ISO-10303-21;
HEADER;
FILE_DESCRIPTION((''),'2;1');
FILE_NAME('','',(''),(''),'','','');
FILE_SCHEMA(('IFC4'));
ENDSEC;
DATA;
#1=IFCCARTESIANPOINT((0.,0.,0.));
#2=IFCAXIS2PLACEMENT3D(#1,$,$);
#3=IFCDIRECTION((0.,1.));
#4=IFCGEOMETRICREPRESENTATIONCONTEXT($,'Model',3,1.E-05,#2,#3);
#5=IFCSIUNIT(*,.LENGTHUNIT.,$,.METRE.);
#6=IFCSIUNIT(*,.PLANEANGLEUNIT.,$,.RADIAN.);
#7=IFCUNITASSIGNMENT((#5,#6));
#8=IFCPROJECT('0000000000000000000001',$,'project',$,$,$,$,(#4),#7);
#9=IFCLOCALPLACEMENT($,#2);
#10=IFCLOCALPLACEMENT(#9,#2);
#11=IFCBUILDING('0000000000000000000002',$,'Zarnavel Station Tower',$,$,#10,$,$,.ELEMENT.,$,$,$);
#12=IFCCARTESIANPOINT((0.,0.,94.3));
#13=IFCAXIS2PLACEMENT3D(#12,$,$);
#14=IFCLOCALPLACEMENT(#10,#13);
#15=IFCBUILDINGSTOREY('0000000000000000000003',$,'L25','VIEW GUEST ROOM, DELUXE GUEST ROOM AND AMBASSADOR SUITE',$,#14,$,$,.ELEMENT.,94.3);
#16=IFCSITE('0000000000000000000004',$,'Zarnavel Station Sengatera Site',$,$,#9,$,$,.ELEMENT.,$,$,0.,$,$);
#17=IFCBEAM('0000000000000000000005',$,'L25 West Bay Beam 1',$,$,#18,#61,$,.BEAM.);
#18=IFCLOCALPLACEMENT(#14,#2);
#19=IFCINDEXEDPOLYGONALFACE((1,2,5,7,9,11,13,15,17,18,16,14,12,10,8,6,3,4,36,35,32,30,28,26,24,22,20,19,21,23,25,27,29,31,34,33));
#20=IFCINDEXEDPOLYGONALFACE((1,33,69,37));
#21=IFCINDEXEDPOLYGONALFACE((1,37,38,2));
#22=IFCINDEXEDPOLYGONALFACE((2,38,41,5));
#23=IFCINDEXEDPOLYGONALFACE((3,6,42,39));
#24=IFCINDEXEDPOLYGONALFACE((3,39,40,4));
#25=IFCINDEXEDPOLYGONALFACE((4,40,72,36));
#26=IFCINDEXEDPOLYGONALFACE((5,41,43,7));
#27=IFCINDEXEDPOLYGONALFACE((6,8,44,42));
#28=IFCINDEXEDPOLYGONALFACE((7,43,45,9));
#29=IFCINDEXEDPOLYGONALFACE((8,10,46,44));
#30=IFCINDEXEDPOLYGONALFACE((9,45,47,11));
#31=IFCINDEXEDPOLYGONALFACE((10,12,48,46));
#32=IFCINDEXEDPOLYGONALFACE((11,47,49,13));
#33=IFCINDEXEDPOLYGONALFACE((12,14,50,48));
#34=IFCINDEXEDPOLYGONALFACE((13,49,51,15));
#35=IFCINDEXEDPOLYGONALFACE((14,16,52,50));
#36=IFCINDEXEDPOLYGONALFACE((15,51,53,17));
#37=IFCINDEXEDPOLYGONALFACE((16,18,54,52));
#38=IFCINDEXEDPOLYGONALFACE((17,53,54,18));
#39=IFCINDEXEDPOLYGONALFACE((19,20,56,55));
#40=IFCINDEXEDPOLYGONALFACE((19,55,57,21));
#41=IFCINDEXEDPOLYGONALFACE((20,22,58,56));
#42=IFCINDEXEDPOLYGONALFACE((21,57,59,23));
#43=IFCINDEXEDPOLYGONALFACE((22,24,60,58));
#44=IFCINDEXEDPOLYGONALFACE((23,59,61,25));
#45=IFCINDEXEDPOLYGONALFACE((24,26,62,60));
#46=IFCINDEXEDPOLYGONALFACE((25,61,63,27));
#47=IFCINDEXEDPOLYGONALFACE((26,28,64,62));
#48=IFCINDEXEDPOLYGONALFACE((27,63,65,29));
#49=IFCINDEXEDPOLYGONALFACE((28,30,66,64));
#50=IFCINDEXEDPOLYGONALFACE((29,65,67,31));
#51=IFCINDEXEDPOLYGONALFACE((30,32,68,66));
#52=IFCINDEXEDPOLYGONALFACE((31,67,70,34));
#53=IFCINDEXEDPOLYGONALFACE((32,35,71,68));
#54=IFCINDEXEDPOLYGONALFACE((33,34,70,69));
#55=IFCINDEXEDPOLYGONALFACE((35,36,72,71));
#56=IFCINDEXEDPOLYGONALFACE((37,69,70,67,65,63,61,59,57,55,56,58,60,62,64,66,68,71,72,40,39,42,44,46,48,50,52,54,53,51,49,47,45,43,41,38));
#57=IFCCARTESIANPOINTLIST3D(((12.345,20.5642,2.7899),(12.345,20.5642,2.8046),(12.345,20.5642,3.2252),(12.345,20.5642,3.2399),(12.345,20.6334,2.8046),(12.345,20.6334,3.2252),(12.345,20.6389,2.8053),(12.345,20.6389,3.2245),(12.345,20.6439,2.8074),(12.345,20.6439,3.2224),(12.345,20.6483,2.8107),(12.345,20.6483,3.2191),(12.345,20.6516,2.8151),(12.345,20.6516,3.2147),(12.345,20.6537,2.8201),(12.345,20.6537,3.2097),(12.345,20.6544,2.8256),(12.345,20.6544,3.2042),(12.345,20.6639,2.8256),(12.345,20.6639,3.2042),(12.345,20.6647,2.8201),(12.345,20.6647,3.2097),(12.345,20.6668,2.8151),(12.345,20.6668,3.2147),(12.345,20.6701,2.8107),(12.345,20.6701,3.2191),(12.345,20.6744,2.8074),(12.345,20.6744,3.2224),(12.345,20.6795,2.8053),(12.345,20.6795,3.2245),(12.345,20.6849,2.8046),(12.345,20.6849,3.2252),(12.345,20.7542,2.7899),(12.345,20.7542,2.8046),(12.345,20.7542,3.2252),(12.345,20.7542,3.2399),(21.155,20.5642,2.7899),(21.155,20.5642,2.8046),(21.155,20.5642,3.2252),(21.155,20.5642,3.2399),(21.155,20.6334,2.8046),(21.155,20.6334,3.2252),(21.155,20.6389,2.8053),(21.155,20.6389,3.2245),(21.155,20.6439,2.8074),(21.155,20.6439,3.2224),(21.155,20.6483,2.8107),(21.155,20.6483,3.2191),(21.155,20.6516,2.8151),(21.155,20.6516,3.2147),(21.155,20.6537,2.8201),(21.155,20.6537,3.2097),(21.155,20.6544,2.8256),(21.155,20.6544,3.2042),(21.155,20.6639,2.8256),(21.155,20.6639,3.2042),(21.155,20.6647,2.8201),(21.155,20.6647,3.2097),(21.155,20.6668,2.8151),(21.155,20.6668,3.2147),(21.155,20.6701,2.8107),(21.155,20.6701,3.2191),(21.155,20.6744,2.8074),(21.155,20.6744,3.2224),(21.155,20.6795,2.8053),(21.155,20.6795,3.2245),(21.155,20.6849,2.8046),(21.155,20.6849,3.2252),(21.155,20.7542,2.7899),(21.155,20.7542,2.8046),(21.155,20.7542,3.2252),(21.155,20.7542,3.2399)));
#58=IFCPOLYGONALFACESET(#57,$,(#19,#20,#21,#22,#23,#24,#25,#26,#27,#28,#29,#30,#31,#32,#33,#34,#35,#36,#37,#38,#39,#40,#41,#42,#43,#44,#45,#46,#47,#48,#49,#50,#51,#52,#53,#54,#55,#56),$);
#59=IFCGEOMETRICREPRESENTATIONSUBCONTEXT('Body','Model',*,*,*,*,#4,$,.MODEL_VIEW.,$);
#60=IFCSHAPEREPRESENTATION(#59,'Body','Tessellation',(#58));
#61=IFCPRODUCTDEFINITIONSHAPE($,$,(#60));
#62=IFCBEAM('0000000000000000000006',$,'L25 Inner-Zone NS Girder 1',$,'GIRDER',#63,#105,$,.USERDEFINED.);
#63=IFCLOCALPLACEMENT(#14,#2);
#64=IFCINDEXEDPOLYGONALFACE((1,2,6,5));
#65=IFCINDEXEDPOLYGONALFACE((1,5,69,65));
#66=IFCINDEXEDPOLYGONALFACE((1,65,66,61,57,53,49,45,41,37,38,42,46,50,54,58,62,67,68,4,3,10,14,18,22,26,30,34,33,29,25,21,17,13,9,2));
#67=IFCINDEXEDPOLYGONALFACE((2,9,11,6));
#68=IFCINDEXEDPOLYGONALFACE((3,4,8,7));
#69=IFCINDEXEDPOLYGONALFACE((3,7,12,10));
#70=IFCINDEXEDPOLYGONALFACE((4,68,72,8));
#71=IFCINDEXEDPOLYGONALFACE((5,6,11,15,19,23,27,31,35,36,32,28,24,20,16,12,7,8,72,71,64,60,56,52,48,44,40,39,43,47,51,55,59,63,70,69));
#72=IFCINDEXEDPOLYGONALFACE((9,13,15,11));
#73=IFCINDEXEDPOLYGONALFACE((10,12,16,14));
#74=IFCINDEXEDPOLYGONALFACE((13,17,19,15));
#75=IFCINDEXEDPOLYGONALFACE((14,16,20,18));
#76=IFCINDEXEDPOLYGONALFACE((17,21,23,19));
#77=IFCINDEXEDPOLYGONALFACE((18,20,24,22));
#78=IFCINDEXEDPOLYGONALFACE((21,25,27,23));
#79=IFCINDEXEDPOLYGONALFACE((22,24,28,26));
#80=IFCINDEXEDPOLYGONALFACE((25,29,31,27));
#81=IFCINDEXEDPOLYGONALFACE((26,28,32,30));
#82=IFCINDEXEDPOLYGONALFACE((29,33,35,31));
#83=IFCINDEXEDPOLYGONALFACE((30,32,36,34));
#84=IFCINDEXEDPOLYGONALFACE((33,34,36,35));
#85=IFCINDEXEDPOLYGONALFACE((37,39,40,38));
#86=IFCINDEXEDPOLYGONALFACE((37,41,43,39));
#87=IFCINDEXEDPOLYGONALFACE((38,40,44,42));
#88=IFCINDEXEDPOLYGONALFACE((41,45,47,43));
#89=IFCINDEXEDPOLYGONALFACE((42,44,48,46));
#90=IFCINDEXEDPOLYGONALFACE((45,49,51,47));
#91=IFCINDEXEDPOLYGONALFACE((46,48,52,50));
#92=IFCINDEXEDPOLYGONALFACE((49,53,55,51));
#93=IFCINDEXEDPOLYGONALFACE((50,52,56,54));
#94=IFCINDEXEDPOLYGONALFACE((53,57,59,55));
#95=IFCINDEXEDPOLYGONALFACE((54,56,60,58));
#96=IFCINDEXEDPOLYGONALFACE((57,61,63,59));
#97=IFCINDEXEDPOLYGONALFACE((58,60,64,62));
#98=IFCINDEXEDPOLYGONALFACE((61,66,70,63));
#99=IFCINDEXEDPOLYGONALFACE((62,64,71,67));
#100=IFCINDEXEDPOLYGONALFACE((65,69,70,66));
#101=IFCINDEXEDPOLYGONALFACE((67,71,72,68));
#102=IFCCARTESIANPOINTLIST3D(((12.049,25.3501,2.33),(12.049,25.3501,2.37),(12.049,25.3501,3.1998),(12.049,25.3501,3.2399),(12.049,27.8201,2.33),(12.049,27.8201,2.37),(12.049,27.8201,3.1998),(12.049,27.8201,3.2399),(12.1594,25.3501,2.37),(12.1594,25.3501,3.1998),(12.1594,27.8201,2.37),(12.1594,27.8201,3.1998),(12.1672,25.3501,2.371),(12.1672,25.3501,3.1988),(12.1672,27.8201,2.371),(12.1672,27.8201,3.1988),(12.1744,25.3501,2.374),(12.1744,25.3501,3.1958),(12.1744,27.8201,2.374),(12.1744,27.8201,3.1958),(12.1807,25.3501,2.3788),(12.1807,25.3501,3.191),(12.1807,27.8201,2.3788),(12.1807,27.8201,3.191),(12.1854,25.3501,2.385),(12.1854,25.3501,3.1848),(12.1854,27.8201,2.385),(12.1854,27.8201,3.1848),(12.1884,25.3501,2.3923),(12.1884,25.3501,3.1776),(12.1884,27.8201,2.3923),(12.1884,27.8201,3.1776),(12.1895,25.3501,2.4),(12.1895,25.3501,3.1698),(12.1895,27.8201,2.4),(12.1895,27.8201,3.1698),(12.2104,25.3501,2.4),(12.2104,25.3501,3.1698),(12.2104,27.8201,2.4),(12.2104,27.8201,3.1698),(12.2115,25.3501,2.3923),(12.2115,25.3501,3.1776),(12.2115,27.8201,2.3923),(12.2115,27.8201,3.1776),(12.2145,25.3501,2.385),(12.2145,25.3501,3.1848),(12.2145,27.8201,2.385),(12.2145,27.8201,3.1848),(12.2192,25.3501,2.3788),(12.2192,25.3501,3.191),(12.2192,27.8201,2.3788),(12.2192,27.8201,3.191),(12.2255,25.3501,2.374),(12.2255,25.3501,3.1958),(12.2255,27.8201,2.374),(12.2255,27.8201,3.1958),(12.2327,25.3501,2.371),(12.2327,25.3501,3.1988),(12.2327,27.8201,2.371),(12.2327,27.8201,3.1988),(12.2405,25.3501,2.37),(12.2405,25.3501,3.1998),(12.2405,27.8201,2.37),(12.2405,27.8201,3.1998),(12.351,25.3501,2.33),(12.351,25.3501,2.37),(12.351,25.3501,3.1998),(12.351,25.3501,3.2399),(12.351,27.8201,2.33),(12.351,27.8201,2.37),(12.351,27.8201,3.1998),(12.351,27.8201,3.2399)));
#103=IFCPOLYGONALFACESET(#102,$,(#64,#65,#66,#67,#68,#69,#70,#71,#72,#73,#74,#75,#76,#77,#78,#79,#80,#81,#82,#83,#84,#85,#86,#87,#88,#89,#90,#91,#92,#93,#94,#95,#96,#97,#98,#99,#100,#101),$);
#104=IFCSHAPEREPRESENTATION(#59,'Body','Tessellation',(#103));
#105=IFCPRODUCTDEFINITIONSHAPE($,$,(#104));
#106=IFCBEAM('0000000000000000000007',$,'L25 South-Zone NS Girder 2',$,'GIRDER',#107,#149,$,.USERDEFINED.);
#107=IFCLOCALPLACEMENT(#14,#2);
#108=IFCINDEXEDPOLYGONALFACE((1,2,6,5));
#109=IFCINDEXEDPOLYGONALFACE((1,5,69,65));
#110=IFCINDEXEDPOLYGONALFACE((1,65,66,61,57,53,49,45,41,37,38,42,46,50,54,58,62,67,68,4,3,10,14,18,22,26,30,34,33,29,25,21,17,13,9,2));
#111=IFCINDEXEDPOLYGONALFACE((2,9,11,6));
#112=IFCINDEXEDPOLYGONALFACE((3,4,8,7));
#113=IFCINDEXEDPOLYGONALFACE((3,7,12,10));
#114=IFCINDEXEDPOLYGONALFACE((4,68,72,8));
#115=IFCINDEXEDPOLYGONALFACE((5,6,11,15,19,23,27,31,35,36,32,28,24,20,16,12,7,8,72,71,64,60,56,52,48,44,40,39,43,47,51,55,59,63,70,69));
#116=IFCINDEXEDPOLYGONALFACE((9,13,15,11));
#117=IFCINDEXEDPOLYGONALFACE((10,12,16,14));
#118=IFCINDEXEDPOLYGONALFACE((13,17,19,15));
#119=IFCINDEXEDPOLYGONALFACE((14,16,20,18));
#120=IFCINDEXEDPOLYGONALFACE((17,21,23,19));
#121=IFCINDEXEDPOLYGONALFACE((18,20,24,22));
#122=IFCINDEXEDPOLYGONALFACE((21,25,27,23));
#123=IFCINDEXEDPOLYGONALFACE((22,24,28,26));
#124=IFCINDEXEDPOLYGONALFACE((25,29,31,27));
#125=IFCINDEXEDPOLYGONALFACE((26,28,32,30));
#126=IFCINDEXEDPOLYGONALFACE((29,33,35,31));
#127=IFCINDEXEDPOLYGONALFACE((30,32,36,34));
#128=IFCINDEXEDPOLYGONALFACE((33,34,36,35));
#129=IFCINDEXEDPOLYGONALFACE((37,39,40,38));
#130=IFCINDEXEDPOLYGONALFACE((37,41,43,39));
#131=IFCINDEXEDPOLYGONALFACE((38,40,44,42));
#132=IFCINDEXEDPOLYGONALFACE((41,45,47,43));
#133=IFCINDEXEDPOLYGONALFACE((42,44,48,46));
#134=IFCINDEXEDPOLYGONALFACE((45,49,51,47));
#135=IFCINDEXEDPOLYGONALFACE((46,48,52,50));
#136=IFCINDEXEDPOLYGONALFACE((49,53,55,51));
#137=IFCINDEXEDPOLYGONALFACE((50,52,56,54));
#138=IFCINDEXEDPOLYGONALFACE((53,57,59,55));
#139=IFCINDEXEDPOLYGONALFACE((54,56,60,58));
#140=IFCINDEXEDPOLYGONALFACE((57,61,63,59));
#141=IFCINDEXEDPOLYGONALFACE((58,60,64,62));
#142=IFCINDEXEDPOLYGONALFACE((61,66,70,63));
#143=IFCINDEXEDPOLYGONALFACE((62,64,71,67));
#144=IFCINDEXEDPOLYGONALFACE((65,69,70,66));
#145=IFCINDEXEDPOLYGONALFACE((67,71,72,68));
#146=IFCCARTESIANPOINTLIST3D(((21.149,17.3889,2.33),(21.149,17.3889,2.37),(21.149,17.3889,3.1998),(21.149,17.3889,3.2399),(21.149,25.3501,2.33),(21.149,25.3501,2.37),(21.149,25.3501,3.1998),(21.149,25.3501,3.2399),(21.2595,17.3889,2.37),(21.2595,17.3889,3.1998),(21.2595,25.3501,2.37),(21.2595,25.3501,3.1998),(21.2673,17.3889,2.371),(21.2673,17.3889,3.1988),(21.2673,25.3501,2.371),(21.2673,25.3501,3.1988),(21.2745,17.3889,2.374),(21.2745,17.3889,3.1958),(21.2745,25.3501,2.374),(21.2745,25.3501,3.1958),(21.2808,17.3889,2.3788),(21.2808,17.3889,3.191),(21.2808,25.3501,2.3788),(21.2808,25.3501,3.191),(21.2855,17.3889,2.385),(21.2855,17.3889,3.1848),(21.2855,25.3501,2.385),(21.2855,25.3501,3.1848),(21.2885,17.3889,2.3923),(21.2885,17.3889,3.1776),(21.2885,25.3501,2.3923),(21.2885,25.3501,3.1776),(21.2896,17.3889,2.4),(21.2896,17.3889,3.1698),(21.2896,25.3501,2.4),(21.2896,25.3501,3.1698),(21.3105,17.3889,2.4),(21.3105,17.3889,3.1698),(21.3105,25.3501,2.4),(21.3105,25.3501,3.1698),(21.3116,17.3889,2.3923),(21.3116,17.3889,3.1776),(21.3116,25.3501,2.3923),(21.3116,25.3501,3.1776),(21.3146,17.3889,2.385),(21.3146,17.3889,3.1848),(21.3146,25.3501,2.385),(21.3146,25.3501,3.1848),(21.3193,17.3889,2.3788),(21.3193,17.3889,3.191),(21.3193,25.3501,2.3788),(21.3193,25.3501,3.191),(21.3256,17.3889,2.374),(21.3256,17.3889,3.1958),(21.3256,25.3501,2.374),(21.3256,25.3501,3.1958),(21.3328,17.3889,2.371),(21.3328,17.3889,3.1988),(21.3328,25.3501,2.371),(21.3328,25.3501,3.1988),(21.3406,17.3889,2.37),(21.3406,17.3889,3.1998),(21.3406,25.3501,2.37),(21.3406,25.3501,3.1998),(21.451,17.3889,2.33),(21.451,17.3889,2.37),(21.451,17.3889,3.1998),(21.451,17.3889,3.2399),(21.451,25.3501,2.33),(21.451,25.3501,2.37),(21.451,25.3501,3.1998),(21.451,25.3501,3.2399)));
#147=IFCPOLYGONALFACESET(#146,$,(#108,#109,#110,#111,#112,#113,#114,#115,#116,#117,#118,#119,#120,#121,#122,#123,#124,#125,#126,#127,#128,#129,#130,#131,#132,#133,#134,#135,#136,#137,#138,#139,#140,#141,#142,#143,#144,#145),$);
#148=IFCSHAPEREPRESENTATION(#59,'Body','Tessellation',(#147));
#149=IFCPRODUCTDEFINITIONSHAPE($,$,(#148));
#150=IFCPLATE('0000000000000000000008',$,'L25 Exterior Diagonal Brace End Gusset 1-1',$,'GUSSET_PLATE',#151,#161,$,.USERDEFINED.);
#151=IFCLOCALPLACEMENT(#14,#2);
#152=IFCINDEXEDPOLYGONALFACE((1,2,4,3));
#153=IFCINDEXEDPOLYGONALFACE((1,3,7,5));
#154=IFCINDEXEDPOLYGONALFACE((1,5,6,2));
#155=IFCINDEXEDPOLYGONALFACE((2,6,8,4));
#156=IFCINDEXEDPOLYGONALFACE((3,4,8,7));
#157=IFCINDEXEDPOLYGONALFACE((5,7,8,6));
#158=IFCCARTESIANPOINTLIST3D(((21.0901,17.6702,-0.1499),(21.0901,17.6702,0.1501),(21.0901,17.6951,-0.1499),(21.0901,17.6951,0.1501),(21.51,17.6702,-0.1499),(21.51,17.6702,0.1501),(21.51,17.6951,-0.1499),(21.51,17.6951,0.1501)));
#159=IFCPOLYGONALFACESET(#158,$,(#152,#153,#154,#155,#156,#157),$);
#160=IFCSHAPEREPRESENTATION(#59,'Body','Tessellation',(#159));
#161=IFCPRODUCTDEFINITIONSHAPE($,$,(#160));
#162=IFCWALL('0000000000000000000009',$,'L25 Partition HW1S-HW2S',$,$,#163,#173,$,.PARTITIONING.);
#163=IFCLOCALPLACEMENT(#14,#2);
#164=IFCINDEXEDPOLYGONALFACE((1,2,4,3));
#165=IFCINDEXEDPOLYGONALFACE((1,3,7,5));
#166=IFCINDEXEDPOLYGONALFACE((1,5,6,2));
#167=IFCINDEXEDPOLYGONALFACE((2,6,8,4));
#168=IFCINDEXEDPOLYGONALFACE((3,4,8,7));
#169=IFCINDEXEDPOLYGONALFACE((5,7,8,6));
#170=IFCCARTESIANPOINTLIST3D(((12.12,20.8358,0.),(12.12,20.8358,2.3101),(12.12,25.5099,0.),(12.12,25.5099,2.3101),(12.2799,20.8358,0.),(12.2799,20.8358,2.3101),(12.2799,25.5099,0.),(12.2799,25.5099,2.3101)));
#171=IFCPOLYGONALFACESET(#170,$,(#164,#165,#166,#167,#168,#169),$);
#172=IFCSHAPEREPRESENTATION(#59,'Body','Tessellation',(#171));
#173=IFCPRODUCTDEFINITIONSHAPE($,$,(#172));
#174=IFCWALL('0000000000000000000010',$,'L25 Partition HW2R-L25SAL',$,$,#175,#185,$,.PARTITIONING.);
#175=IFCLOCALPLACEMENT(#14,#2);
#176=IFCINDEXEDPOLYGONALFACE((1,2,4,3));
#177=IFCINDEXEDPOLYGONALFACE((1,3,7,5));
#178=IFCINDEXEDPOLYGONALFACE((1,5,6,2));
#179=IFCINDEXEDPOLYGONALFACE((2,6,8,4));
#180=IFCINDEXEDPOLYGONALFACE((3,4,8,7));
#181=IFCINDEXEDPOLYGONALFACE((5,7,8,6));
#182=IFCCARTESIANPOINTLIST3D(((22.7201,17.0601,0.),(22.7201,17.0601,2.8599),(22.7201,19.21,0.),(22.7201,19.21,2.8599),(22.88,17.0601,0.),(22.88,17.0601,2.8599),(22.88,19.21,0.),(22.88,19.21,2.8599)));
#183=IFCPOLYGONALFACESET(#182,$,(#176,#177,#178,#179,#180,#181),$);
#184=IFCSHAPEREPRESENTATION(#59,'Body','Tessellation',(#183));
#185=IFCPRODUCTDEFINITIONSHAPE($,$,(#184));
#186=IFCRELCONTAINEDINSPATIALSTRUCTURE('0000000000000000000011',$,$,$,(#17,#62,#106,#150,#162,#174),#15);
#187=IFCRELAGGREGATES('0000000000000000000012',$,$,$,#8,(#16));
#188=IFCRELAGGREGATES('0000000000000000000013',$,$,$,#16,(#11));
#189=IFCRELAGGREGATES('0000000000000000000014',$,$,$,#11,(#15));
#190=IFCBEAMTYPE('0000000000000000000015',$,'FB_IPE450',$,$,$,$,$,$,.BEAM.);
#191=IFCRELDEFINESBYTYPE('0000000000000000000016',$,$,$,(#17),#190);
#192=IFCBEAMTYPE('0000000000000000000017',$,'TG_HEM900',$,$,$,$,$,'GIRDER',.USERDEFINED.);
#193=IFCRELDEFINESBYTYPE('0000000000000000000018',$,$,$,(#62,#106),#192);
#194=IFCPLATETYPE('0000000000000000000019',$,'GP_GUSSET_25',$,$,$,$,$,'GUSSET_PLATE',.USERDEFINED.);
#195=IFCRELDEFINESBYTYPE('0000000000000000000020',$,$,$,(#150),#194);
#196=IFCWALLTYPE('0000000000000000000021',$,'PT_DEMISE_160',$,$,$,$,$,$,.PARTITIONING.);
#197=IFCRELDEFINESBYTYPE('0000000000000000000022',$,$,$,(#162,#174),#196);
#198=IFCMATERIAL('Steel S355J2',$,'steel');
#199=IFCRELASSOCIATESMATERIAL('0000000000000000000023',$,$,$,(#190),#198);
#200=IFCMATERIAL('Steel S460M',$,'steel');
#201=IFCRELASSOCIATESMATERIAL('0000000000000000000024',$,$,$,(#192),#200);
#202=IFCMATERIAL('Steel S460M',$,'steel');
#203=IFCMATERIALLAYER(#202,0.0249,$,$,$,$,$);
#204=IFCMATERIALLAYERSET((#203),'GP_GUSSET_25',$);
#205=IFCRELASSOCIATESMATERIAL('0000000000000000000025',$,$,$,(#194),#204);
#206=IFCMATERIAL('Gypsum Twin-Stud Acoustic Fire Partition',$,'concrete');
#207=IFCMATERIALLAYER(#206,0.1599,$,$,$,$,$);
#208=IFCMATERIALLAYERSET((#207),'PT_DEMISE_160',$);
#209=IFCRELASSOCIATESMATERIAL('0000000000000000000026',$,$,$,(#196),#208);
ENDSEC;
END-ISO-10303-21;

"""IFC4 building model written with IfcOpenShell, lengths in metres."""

from ifc_helpers import new_model, si_unit, direction, frame, frame_2d, origin, origin_2d, place, context, subcontext, project, spatial, rectangle, i_section, extrude, material, layer, layer_set, material_profile, profile_set, type_object, element, save


model = new_model("IFC4")

# Units and contexts
model_context = context("Model", 3, precision=1e-05, world=origin(), true_north=direction((0.0, 1.0)))
body_context = subcontext(model_context, "Body", "Model", "MODEL_VIEW")
ifc_project = project(units=[si_unit("LENGTHUNIT", "METRE"), si_unit("PLANEANGLEUNIT", "RADIAN")], contexts=[model_context])

# Site, building, storey
site_placement = place(None, origin())
site = spatial("IfcSite", under=ifc_project, at=site_placement, Name="Zarnavel Station Sengatera Site", CompositionType="ELEMENT", RefElevation=0.0)
building_placement = place(site_placement, origin())
building = spatial("IfcBuilding", under=site, at=building_placement, Name="Zarnavel Station Tower", CompositionType="ELEMENT")
storey_placement = place(building_placement, frame((0.0, 0.0, 94.3)))
storey = spatial("IfcBuildingStorey", under=building, at=storey_placement, Name="L25", Description="VIEW GUEST ROOM, DELUXE GUEST ROOM AND AMBASSADOR SUITE", CompositionType="ELEMENT", Elevation=94.3)

# Beams
ifc_material_1 = material(Name="Steel S355J2", Category="steel")
ifc_material_profile_1 = material_profile(ifc_material_1, i_section(OverallWidth=0.1899, OverallDepth=0.45, WebThickness=0.0095, FlangeThickness=0.0146, FilletRadius=0.021, at=origin_2d()), Name="IPE450")
ifc_profile_set_1 = profile_set([ifc_material_profile_1], Name="Steel S355J2")
beam_type_1 = type_object("IfcBeamType", Name="FB_IPE450", PredefinedType="BEAM", material=ifc_profile_set_1)
beam_1_placement = place(storey_placement, frame((12.345, 20.6592, 3.0149), z_axis=(1.0, 0.0, 0.0), x_axis=(0.0, 1.0, 0.0)))
element("IfcBeam", 1, at=beam_1_placement, inside=storey, type_object=beam_type_1, Name="L25 West Bay Beam 1", PredefinedType="BEAM", context=body_context, shape_type="SweptSolid", body=[
    extrude(i_section(OverallWidth=0.1899, OverallDepth=0.45, WebThickness=0.0095, FlangeThickness=0.0146, FilletRadius=0.021, at=origin_2d()), origin(), (0.0, 0.0, 1.0), 8.8101),
])
ifc_material_2 = material(Name="Steel S460M", Category="steel")
ifc_material_profile_2 = material_profile(ifc_material_2, i_section(OverallWidth=0.302, OverallDepth=0.9099, WebThickness=0.021, FlangeThickness=0.04, FilletRadius=0.03, at=origin_2d()), Name="HEM900")
ifc_profile_set_2 = profile_set([ifc_material_profile_2], Name="Steel S460M")
beam_type_2 = type_object("IfcBeamType", Name="TG_HEM900", ElementType="GIRDER", PredefinedType="USERDEFINED", material=ifc_profile_set_2)
beam_2_placement = place(storey_placement, frame((12.2, 25.3501, 2.7849), z_axis=(0.0, 1.0, 0.0), x_axis=(-1.0, 0.0, 0.0)))
element("IfcBeam", 2, at=beam_2_placement, inside=storey, type_object=beam_type_2, Name="L25 Inner-Zone NS Girder 1", ObjectType="GIRDER", PredefinedType="USERDEFINED", context=body_context, shape_type="SweptSolid", body=[
    extrude(i_section(OverallWidth=0.302, OverallDepth=0.9099, WebThickness=0.021, FlangeThickness=0.04, FilletRadius=0.03, at=origin_2d()), origin(), (0.0, 0.0, 1.0), 2.47),
])
beam_3_placement = place(storey_placement, frame((21.3, 17.3889, 2.7849), z_axis=(0.0, 1.0, 0.0), x_axis=(-1.0, 0.0, 0.0)))
element("IfcBeam", 3, at=beam_3_placement, inside=storey, type_object=beam_type_2, Name="L25 South-Zone NS Girder 2", ObjectType="GIRDER", PredefinedType="USERDEFINED", context=body_context, shape_type="SweptSolid", body=[
    extrude(i_section(OverallWidth=0.302, OverallDepth=0.9099, WebThickness=0.021, FlangeThickness=0.04, FilletRadius=0.03, at=origin_2d()), origin(), (0.0, 0.0, 1.0), 7.9612),
])

# Plate
ifc_material_3 = material(Name="Steel S460M", Category="steel")
ifc_layer_1 = layer(ifc_material_3, 0.0249)
ifc_layer_set_1 = layer_set([ifc_layer_1], Name="GP_GUSSET_25")
plate_type = type_object("IfcPlateType", Name="GP_GUSSET_25", ElementType="GUSSET_PLATE", PredefinedType="USERDEFINED", material=ifc_layer_set_1)
plate_placement = place(storey_placement, frame((21.3, 17.6826, -0.1499), z_axis=(0.0, 0.0, 1.0), x_axis=(1.0, 0.0, 0.0)))
element("IfcPlate", 4, at=plate_placement, inside=storey, type_object=plate_type, Name="L25 Exterior Diagonal Brace End Gusset 1-1", ObjectType="GUSSET_PLATE", PredefinedType="USERDEFINED", context=body_context, shape_type="SweptSolid", body=[
    extrude(rectangle(XDim=0.4199, YDim=0.0249, at=origin_2d()), origin(), (0.0, 0.0, 1.0), 0.3),
])

# Shared definitions
ifc_material_4 = material(Name="Gypsum Twin-Stud Acoustic Fire Partition", Category="concrete")
ifc_layer_2 = layer(ifc_material_4, 0.1599)
ifc_layer_set_2 = layer_set([ifc_layer_2], Name="PT_DEMISE_160")
wall_type_1 = type_object("IfcWallType", Name="PT_DEMISE_160", PredefinedType="PARTITIONING", material=ifc_layer_set_2)

# Walls
wall_1_placement = place(storey_placement, frame((12.2, 20.8359, 0.0), z_axis=(0.0, 0.0, 1.0), x_axis=(0.0, 1.0, 0.0)))
element("IfcWall", 5, at=wall_1_placement, inside=storey, type_object=wall_type_1, Name="L25 Partition HW1S-HW2S", PredefinedType="PARTITIONING", context=body_context, shape_type="SweptSolid", body=[
    extrude(rectangle(XDim=4.6741, YDim=0.1599, at=frame_2d((2.3369, 0.0))), origin(), (0.0, 0.0, 1.0), 2.3101),
])
wall_2_placement = place(storey_placement, frame((22.8, 17.0601, 0.0), z_axis=(0.0, 0.0, 1.0), x_axis=(0.0, 1.0, 0.0)))
element("IfcWall", 6, at=wall_2_placement, inside=storey, type_object=wall_type_1, Name="L25 Partition HW2R-L25SAL", PredefinedType="PARTITIONING", context=body_context, shape_type="SweptSolid", body=[
    extrude(rectangle(XDim=2.1499, YDim=0.1599, at=frame_2d((1.075, 0.0))), origin(), (0.0, 0.0, 1.0), 2.8599),
])

save(model, "model.ifc")
